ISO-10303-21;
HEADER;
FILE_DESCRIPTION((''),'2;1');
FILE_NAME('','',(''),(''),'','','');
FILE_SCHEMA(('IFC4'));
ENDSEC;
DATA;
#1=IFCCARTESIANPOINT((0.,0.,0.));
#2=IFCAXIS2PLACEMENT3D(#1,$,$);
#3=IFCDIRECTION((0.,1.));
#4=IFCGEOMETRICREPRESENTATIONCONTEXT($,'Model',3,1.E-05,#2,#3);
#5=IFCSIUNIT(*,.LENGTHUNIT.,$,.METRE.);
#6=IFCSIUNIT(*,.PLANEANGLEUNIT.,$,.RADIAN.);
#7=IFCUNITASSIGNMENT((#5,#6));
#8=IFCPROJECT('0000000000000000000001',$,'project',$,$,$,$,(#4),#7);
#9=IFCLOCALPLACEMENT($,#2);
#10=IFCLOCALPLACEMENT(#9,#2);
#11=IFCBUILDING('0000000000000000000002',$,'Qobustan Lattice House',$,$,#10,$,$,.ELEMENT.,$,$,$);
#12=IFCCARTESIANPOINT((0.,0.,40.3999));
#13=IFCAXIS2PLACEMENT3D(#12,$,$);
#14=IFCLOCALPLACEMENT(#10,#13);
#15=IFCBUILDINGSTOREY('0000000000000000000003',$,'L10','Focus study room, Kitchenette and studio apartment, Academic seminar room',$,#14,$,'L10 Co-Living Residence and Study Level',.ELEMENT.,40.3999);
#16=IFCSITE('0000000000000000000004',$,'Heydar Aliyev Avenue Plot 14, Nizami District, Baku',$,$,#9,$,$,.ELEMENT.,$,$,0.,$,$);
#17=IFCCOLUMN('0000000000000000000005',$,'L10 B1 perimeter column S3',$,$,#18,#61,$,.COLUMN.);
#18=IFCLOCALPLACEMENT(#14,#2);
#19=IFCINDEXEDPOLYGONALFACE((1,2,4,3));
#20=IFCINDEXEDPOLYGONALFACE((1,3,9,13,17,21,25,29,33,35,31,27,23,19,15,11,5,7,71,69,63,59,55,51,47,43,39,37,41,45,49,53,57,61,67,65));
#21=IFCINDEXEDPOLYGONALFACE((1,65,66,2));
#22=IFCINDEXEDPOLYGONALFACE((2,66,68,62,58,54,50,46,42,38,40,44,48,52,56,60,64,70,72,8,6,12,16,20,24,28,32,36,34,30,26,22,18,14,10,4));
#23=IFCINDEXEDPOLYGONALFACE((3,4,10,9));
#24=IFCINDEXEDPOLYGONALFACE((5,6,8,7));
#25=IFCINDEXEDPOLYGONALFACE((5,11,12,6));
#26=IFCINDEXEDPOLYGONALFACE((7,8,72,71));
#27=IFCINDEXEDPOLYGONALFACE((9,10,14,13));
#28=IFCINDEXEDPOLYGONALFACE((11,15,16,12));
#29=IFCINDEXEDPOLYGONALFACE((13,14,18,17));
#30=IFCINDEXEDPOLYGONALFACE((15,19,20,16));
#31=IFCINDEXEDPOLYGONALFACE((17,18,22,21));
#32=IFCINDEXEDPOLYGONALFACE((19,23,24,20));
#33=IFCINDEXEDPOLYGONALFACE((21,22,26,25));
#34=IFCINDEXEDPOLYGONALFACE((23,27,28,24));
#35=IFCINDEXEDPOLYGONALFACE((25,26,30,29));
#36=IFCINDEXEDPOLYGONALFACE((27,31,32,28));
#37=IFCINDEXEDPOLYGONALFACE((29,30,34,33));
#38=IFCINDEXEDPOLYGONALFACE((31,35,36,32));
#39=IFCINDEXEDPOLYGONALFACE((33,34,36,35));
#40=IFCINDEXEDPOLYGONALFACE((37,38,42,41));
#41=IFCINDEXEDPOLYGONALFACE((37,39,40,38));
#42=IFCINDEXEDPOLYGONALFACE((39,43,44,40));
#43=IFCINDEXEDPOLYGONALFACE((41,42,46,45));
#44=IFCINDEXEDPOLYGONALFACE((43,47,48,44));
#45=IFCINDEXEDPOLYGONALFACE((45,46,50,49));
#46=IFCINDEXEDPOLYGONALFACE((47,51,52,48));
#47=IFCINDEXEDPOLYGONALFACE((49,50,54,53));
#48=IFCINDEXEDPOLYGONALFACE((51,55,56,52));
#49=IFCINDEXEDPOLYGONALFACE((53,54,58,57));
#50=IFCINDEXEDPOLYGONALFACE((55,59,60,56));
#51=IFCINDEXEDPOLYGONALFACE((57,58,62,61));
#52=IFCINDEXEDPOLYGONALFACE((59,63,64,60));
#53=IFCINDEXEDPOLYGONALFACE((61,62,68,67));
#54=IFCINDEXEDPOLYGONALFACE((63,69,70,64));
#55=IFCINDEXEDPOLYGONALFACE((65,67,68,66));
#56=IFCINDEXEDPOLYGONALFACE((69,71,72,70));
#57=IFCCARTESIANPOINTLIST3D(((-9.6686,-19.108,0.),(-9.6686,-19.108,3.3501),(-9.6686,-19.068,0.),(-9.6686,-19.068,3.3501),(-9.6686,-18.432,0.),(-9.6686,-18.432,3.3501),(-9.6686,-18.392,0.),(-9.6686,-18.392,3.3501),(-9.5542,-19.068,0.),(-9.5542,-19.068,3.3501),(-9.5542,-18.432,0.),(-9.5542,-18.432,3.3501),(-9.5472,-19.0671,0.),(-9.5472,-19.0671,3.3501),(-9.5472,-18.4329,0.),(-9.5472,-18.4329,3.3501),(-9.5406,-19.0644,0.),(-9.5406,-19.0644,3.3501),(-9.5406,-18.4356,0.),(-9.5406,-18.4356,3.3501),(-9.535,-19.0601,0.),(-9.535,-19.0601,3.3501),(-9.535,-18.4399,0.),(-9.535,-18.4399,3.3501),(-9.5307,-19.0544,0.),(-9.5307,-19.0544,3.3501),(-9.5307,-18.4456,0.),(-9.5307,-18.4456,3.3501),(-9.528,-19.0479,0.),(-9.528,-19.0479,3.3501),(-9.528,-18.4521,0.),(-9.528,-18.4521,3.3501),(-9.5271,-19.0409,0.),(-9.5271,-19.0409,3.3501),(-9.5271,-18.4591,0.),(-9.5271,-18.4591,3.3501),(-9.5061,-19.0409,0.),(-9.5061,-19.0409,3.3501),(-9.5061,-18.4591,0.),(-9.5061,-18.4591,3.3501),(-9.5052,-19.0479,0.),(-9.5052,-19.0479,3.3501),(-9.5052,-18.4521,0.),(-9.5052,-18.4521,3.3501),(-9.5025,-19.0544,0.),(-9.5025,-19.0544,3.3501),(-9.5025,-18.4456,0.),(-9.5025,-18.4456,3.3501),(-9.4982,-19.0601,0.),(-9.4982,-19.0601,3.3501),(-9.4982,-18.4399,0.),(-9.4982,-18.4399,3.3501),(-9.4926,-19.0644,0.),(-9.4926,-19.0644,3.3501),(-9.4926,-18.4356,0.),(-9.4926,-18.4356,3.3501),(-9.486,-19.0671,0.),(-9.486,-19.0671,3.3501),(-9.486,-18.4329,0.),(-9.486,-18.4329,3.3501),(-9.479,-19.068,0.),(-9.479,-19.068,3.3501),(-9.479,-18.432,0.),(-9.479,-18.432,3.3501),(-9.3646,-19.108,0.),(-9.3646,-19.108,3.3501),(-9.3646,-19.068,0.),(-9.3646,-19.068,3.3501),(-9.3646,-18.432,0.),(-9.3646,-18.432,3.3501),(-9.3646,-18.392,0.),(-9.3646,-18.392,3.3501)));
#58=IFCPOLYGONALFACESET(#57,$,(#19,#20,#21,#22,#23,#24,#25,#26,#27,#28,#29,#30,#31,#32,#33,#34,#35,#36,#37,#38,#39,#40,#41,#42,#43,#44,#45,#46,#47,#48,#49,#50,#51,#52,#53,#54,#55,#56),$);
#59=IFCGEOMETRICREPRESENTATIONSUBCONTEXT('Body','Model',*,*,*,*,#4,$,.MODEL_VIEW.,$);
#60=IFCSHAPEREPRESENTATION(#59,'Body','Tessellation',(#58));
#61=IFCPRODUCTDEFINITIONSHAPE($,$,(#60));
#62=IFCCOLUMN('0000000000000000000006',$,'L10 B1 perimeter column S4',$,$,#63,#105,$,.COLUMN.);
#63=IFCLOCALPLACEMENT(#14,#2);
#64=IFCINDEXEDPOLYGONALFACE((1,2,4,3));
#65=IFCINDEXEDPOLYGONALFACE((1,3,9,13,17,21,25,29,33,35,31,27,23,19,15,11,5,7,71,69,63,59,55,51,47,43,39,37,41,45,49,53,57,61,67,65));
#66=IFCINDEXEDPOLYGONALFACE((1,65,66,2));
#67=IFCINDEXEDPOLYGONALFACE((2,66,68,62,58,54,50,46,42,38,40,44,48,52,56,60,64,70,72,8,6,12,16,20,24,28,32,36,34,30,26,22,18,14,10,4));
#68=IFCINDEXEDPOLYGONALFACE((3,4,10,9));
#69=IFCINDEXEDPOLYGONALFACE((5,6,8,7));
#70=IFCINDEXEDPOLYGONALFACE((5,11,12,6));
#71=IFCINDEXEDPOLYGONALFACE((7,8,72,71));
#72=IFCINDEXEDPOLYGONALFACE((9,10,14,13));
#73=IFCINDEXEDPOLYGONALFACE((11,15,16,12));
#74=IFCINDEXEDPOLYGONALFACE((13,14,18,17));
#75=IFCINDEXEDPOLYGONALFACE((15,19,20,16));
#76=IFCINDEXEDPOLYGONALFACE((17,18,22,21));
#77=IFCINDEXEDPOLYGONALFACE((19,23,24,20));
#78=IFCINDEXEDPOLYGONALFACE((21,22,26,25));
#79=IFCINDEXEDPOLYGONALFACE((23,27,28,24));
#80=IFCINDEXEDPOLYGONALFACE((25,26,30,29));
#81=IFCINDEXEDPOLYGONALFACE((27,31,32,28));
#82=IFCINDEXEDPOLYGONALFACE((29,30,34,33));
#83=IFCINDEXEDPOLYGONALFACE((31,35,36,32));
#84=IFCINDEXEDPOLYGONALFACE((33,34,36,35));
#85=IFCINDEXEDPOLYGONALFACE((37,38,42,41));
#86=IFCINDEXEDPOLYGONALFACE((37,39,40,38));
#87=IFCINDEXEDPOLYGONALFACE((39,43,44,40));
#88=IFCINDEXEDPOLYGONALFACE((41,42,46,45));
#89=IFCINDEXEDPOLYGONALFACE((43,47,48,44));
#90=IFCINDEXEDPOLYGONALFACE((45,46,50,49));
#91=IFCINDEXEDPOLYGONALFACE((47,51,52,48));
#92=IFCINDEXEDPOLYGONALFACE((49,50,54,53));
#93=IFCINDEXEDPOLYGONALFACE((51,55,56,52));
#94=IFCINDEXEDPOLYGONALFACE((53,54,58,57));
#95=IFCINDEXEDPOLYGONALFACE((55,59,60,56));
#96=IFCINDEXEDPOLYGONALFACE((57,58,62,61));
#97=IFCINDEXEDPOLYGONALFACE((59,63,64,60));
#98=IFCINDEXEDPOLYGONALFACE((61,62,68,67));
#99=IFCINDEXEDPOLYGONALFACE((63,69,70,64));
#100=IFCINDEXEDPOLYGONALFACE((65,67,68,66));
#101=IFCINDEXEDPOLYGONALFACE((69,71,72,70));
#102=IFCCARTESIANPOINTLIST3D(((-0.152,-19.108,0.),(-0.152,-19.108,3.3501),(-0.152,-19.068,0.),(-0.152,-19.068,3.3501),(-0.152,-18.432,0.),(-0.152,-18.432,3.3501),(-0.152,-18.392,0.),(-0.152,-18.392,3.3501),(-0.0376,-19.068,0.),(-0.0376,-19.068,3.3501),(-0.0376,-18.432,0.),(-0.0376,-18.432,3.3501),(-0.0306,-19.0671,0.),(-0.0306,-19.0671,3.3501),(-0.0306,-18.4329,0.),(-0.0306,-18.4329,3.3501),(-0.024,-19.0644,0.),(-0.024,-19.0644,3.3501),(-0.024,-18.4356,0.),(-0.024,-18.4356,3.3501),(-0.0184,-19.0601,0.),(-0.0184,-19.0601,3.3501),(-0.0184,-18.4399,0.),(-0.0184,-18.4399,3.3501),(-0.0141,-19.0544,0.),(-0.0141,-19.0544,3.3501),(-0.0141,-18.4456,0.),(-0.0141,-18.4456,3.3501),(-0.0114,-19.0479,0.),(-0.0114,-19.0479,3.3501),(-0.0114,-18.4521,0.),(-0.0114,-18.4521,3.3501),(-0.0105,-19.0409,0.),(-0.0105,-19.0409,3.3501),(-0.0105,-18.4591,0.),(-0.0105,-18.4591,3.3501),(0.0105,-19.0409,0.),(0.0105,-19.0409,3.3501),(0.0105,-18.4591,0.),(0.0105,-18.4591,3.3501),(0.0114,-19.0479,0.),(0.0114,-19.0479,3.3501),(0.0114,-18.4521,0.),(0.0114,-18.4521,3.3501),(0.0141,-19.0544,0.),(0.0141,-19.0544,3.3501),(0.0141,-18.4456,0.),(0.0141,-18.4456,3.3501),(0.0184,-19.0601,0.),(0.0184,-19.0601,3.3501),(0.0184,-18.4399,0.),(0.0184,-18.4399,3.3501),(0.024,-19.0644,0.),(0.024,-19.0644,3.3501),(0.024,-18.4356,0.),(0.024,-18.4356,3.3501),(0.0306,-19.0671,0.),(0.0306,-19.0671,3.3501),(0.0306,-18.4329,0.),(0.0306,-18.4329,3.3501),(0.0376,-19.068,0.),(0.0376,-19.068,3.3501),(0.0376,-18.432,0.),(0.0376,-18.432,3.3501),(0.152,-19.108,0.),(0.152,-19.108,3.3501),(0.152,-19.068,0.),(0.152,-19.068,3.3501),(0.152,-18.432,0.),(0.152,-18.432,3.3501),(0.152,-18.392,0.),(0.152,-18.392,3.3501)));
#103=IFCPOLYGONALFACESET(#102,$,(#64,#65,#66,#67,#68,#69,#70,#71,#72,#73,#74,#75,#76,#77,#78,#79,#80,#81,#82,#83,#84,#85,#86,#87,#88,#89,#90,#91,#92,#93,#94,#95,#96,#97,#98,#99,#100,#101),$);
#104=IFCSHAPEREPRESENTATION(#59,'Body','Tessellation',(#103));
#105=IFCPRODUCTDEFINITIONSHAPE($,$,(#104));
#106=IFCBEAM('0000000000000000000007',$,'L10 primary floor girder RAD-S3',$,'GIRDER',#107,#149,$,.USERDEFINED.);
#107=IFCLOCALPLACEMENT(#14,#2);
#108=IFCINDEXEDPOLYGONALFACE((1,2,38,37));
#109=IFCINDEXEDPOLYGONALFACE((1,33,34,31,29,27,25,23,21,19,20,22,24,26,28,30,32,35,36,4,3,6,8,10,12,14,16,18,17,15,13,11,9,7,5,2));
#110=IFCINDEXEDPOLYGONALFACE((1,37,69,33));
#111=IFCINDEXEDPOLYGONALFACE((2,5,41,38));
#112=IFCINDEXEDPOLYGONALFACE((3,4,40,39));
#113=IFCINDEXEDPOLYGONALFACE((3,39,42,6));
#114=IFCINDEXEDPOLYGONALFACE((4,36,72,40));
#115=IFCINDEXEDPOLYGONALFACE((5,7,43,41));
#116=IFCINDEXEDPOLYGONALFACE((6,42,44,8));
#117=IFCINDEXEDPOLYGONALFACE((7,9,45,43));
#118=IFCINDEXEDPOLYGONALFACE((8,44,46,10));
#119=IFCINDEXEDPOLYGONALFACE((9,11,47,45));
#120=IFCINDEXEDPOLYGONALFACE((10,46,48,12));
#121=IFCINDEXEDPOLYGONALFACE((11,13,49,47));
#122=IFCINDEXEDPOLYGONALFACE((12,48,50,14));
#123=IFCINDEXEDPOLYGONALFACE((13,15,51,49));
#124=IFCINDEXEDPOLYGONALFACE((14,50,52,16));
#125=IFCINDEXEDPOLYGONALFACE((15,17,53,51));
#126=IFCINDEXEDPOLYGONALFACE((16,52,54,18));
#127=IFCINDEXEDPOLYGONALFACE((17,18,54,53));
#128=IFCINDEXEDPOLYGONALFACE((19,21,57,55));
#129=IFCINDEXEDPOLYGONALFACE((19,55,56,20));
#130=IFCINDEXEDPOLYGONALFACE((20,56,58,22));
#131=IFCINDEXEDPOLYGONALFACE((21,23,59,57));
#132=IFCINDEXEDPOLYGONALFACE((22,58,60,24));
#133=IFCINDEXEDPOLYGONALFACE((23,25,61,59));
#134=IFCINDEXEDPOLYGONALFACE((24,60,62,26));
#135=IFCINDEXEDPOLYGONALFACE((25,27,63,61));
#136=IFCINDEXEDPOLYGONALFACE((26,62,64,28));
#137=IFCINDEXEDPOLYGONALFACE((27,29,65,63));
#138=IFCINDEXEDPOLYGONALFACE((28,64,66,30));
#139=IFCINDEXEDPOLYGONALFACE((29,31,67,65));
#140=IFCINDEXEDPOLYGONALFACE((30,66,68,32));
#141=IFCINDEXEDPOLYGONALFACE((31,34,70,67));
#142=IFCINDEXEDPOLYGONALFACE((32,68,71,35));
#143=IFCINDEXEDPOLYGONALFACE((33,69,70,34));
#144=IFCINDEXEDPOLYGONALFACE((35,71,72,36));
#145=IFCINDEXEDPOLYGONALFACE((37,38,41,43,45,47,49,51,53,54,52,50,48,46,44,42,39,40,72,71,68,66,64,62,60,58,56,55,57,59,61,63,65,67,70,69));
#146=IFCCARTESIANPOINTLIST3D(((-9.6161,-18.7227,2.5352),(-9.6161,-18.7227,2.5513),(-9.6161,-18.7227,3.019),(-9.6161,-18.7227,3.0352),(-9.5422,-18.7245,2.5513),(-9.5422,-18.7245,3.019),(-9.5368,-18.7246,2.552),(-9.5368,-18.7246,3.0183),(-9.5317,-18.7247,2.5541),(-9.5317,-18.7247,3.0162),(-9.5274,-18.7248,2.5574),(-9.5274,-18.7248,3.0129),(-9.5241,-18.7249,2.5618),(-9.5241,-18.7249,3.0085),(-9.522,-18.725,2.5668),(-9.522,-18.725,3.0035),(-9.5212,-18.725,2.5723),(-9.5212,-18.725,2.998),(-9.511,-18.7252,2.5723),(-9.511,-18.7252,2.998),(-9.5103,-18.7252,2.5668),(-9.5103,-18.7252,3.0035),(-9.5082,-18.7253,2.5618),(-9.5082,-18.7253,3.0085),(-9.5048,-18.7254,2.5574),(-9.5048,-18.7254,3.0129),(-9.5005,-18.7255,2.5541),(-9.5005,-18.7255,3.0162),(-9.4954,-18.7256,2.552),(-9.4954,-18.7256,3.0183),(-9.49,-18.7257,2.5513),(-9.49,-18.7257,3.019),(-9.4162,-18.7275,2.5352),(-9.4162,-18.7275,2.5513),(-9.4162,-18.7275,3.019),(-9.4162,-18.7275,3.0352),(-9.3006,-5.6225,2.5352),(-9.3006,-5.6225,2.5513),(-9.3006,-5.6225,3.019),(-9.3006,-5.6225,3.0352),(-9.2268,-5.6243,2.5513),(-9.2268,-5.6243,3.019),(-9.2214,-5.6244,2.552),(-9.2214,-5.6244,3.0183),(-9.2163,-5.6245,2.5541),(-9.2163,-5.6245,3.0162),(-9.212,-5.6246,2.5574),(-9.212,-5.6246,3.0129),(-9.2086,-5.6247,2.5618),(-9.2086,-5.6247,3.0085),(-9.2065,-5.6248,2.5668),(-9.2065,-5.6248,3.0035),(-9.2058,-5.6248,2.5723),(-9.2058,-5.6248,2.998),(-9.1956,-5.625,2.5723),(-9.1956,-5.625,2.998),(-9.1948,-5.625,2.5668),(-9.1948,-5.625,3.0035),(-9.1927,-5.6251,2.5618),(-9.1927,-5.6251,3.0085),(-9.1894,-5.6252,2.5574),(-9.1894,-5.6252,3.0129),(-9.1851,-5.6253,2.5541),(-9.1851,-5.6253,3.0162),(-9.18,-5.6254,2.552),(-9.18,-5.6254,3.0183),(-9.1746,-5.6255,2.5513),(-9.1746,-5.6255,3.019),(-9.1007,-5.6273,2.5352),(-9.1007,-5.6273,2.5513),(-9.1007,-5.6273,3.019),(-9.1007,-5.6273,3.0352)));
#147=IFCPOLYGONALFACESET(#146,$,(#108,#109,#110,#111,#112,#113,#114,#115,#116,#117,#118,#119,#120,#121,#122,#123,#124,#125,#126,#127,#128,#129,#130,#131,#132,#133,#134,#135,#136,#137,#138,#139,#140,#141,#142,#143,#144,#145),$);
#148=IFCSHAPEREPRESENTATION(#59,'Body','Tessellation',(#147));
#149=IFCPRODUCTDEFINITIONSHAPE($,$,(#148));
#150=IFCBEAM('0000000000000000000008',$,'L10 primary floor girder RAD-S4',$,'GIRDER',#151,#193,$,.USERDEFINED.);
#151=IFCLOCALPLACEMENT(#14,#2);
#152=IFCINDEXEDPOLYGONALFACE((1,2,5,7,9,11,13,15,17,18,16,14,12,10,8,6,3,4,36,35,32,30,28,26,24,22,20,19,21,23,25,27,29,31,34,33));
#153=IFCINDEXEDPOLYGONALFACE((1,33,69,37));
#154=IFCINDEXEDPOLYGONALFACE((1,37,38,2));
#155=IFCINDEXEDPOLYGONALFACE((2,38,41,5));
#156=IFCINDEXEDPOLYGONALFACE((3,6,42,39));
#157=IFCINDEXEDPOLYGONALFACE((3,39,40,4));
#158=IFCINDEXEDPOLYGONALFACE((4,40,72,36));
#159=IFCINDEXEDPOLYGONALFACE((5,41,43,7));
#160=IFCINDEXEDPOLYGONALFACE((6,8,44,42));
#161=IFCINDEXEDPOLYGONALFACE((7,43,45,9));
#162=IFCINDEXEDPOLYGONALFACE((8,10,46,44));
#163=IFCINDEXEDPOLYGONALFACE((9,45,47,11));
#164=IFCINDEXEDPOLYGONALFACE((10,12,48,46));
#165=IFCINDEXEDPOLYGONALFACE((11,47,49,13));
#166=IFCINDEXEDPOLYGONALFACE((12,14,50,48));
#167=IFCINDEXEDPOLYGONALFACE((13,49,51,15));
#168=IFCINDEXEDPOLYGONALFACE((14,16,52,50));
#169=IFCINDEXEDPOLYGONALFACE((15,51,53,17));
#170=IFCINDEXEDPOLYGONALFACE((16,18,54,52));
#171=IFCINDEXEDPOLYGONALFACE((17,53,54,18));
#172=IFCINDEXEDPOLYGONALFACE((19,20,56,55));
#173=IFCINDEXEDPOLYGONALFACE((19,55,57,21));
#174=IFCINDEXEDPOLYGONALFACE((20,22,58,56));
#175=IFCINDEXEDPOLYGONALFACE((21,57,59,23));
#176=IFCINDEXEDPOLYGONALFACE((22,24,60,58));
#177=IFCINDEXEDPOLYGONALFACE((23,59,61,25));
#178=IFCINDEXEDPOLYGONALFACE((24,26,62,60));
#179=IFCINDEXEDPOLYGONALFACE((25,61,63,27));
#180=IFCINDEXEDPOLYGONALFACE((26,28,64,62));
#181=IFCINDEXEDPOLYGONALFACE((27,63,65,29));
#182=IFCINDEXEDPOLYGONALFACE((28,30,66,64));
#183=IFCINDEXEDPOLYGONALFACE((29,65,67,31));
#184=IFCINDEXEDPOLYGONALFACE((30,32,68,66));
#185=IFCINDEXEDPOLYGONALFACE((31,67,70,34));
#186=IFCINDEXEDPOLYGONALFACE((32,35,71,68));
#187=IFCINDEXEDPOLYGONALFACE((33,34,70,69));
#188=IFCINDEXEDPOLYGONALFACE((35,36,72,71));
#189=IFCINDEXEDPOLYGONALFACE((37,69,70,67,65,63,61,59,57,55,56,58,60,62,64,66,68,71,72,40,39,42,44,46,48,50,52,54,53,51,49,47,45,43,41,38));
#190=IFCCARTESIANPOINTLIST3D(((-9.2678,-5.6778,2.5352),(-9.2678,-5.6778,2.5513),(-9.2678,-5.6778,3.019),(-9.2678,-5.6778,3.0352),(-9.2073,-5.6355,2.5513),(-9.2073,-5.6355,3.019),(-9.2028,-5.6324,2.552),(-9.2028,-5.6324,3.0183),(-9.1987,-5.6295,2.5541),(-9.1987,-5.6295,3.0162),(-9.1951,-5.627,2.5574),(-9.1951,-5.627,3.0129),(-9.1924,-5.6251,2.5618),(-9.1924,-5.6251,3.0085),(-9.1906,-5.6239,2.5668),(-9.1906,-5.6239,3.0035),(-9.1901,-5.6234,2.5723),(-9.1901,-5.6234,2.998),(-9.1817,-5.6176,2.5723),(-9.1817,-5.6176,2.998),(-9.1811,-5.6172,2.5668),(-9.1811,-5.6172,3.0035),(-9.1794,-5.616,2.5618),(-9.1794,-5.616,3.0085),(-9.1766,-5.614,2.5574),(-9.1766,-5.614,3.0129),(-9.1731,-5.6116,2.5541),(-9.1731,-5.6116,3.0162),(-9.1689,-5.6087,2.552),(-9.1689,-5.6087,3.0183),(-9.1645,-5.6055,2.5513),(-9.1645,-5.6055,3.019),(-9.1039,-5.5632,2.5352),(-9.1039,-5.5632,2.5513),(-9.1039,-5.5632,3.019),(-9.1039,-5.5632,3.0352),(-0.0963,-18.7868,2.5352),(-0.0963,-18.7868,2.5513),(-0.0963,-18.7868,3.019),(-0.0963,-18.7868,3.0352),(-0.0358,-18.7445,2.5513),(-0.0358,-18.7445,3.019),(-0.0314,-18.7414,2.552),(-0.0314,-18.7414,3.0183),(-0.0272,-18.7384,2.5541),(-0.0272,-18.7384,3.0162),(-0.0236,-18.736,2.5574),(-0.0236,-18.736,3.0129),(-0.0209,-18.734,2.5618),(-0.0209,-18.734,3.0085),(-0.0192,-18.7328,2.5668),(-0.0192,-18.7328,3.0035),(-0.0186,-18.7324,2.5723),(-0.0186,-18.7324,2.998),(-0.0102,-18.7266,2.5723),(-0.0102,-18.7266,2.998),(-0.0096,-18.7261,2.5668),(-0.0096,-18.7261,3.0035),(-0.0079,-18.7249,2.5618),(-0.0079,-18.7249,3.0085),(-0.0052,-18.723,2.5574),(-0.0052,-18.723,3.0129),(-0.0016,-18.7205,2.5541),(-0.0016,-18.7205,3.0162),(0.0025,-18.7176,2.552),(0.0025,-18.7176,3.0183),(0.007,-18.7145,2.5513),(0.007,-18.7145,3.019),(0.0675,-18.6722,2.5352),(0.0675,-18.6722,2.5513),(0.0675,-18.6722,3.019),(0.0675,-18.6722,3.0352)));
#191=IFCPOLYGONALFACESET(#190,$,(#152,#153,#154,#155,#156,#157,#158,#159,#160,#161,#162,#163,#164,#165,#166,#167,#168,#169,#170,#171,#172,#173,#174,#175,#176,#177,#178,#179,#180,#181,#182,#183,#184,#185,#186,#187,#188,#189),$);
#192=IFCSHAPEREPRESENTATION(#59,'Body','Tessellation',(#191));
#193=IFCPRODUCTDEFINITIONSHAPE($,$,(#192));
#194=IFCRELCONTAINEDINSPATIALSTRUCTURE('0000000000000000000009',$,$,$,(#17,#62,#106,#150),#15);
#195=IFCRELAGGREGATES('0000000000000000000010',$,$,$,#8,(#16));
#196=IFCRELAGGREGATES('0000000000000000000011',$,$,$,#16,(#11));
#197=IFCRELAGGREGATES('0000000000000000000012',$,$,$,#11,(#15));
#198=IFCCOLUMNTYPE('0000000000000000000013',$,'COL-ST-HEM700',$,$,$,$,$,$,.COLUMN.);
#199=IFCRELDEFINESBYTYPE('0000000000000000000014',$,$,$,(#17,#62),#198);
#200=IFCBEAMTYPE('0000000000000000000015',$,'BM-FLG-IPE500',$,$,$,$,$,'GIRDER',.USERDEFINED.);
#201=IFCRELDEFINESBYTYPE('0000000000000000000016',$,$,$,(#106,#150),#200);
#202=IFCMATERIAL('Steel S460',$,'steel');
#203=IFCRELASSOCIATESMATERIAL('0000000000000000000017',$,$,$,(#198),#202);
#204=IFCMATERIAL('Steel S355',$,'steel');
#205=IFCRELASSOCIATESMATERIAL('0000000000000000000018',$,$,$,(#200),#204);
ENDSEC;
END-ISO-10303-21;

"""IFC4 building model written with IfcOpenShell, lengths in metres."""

from ifc_helpers import new_model, si_unit, direction, frame, origin, origin_2d, place, context, subcontext, project, spatial, i_section, extrude, material, material_profile, profile_set, type_object, element, save


model = new_model("IFC4")

# Units and contexts
model_context = context("Model", 3, precision=1e-05, world=origin(), true_north=direction((0.0, 1.0)))
body_context = subcontext(model_context, "Body", "Model", "MODEL_VIEW")
ifc_project = project(units=[si_unit("LENGTHUNIT", "METRE"), si_unit("PLANEANGLEUNIT", "RADIAN")], contexts=[model_context])

# Site, building, storey
site_placement = place(None, origin())
site = spatial("IfcSite", under=ifc_project, at=site_placement, Name="Heydar Aliyev Avenue Plot 14, Nizami District, Baku", CompositionType="ELEMENT", RefElevation=0.0)
building_placement = place(site_placement, origin())
building = spatial("IfcBuilding", under=site, at=building_placement, Name="Qobustan Lattice House", CompositionType="ELEMENT")
storey_placement = place(building_placement, frame((0.0, 0.0, 40.3999)))
storey = spatial("IfcBuildingStorey", under=building, at=storey_placement, Name="L10", Description="Focus study room, Kitchenette and studio apartment, Academic seminar room", LongName="L10 Co-Living Residence and Study Level", CompositionType="ELEMENT", Elevation=40.3999)

# Columns
ifc_material_1 = material(Name="Steel S460", Category="steel")
ifc_material_profile_1 = material_profile(ifc_material_1, i_section(OverallWidth=0.304, OverallDepth=0.7161, WebThickness=0.021, FlangeThickness=0.04, FilletRadius=0.0271, at=origin_2d()), Name="HEM700")
ifc_profile_set_1 = profile_set([ifc_material_profile_1], Name="Steel S460")
column_type = type_object("IfcColumnType", Name="COL-ST-HEM700", PredefinedType="COLUMN", material=ifc_profile_set_1)
for number, where, z_axis, x_axis, name in (
    (1, (-9.5166, -18.75, 0.0), (0.0, 0.0, 1.0), (1.0, 0.0, 0.0), "L10 B1 perimeter column S3"),
    (2, (0.0, -18.75, 0.0), (0.0, 0.0, 1.0), (1.0, 0.0, 0.0), "L10 B1 perimeter column S4"),
):
    element("IfcColumn", number, at=place(storey_placement, frame(where, z_axis=z_axis, x_axis=x_axis)), inside=storey, type_object=column_type, Name=name, PredefinedType="COLUMN", context=body_context, shape_type="SweptSolid", body=[
        extrude(i_section(OverallWidth=0.304, OverallDepth=0.7161, WebThickness=0.021, FlangeThickness=0.04, FilletRadius=0.0271, at=origin_2d()), origin(), (0.0, 0.0, 1.0), 3.3501),
    ])

# Beams
ifc_material_2 = material(Name="Steel S355", Category="steel")
ifc_material_profile_2 = material_profile(ifc_material_2, i_section(OverallWidth=0.2, OverallDepth=0.5, WebThickness=0.0103, FlangeThickness=0.0161, FilletRadius=0.021, at=origin_2d()), Name="IPE500")
ifc_profile_set_2 = profile_set([ifc_material_profile_2], Name="Steel S355")
beam_type_1 = type_object("IfcBeamType", Name="BM-FLG-IPE500", ElementType="GIRDER", PredefinedType="USERDEFINED", material=ifc_profile_set_2)
beam_1_placement = place(storey_placement, frame((-9.5161, -18.7251, 2.7852), z_axis=(0.024071, 0.99971, 0.0), x_axis=(-0.99971, 0.024071, 0.0)))
element("IfcBeam", 3, at=beam_1_placement, inside=storey, type_object=beam_type_1, Name="L10 primary floor girder RAD-S3", ObjectType="GIRDER", PredefinedType="USERDEFINED", context=body_context, shape_type="SweptSolid", body=[
    extrude(i_section(OverallWidth=0.2, OverallDepth=0.5, WebThickness=0.0103, FlangeThickness=0.0161, FilletRadius=0.021, at=origin_2d()), origin(), (0.0, 0.0, 1.0), 13.104),
])
beam_2_placement = place(storey_placement, frame((-0.0144, -18.7295, 2.7852), z_axis=(-0.57326, 0.819374, 0.0), x_axis=(-0.819374, -0.57326, 0.0)))
element("IfcBeam", 4, at=beam_2_placement, inside=storey, type_object=beam_type_1, Name="L10 primary floor girder RAD-S4", ObjectType="GIRDER", PredefinedType="USERDEFINED", context=body_context, shape_type="SweptSolid", body=[
    extrude(i_section(OverallWidth=0.2, OverallDepth=0.5, WebThickness=0.0103, FlangeThickness=0.0161, FilletRadius=0.021, at=origin_2d()), origin(), (0.0, 0.0, 1.0), 15.9988),
])

save(model, "model.ifc")
